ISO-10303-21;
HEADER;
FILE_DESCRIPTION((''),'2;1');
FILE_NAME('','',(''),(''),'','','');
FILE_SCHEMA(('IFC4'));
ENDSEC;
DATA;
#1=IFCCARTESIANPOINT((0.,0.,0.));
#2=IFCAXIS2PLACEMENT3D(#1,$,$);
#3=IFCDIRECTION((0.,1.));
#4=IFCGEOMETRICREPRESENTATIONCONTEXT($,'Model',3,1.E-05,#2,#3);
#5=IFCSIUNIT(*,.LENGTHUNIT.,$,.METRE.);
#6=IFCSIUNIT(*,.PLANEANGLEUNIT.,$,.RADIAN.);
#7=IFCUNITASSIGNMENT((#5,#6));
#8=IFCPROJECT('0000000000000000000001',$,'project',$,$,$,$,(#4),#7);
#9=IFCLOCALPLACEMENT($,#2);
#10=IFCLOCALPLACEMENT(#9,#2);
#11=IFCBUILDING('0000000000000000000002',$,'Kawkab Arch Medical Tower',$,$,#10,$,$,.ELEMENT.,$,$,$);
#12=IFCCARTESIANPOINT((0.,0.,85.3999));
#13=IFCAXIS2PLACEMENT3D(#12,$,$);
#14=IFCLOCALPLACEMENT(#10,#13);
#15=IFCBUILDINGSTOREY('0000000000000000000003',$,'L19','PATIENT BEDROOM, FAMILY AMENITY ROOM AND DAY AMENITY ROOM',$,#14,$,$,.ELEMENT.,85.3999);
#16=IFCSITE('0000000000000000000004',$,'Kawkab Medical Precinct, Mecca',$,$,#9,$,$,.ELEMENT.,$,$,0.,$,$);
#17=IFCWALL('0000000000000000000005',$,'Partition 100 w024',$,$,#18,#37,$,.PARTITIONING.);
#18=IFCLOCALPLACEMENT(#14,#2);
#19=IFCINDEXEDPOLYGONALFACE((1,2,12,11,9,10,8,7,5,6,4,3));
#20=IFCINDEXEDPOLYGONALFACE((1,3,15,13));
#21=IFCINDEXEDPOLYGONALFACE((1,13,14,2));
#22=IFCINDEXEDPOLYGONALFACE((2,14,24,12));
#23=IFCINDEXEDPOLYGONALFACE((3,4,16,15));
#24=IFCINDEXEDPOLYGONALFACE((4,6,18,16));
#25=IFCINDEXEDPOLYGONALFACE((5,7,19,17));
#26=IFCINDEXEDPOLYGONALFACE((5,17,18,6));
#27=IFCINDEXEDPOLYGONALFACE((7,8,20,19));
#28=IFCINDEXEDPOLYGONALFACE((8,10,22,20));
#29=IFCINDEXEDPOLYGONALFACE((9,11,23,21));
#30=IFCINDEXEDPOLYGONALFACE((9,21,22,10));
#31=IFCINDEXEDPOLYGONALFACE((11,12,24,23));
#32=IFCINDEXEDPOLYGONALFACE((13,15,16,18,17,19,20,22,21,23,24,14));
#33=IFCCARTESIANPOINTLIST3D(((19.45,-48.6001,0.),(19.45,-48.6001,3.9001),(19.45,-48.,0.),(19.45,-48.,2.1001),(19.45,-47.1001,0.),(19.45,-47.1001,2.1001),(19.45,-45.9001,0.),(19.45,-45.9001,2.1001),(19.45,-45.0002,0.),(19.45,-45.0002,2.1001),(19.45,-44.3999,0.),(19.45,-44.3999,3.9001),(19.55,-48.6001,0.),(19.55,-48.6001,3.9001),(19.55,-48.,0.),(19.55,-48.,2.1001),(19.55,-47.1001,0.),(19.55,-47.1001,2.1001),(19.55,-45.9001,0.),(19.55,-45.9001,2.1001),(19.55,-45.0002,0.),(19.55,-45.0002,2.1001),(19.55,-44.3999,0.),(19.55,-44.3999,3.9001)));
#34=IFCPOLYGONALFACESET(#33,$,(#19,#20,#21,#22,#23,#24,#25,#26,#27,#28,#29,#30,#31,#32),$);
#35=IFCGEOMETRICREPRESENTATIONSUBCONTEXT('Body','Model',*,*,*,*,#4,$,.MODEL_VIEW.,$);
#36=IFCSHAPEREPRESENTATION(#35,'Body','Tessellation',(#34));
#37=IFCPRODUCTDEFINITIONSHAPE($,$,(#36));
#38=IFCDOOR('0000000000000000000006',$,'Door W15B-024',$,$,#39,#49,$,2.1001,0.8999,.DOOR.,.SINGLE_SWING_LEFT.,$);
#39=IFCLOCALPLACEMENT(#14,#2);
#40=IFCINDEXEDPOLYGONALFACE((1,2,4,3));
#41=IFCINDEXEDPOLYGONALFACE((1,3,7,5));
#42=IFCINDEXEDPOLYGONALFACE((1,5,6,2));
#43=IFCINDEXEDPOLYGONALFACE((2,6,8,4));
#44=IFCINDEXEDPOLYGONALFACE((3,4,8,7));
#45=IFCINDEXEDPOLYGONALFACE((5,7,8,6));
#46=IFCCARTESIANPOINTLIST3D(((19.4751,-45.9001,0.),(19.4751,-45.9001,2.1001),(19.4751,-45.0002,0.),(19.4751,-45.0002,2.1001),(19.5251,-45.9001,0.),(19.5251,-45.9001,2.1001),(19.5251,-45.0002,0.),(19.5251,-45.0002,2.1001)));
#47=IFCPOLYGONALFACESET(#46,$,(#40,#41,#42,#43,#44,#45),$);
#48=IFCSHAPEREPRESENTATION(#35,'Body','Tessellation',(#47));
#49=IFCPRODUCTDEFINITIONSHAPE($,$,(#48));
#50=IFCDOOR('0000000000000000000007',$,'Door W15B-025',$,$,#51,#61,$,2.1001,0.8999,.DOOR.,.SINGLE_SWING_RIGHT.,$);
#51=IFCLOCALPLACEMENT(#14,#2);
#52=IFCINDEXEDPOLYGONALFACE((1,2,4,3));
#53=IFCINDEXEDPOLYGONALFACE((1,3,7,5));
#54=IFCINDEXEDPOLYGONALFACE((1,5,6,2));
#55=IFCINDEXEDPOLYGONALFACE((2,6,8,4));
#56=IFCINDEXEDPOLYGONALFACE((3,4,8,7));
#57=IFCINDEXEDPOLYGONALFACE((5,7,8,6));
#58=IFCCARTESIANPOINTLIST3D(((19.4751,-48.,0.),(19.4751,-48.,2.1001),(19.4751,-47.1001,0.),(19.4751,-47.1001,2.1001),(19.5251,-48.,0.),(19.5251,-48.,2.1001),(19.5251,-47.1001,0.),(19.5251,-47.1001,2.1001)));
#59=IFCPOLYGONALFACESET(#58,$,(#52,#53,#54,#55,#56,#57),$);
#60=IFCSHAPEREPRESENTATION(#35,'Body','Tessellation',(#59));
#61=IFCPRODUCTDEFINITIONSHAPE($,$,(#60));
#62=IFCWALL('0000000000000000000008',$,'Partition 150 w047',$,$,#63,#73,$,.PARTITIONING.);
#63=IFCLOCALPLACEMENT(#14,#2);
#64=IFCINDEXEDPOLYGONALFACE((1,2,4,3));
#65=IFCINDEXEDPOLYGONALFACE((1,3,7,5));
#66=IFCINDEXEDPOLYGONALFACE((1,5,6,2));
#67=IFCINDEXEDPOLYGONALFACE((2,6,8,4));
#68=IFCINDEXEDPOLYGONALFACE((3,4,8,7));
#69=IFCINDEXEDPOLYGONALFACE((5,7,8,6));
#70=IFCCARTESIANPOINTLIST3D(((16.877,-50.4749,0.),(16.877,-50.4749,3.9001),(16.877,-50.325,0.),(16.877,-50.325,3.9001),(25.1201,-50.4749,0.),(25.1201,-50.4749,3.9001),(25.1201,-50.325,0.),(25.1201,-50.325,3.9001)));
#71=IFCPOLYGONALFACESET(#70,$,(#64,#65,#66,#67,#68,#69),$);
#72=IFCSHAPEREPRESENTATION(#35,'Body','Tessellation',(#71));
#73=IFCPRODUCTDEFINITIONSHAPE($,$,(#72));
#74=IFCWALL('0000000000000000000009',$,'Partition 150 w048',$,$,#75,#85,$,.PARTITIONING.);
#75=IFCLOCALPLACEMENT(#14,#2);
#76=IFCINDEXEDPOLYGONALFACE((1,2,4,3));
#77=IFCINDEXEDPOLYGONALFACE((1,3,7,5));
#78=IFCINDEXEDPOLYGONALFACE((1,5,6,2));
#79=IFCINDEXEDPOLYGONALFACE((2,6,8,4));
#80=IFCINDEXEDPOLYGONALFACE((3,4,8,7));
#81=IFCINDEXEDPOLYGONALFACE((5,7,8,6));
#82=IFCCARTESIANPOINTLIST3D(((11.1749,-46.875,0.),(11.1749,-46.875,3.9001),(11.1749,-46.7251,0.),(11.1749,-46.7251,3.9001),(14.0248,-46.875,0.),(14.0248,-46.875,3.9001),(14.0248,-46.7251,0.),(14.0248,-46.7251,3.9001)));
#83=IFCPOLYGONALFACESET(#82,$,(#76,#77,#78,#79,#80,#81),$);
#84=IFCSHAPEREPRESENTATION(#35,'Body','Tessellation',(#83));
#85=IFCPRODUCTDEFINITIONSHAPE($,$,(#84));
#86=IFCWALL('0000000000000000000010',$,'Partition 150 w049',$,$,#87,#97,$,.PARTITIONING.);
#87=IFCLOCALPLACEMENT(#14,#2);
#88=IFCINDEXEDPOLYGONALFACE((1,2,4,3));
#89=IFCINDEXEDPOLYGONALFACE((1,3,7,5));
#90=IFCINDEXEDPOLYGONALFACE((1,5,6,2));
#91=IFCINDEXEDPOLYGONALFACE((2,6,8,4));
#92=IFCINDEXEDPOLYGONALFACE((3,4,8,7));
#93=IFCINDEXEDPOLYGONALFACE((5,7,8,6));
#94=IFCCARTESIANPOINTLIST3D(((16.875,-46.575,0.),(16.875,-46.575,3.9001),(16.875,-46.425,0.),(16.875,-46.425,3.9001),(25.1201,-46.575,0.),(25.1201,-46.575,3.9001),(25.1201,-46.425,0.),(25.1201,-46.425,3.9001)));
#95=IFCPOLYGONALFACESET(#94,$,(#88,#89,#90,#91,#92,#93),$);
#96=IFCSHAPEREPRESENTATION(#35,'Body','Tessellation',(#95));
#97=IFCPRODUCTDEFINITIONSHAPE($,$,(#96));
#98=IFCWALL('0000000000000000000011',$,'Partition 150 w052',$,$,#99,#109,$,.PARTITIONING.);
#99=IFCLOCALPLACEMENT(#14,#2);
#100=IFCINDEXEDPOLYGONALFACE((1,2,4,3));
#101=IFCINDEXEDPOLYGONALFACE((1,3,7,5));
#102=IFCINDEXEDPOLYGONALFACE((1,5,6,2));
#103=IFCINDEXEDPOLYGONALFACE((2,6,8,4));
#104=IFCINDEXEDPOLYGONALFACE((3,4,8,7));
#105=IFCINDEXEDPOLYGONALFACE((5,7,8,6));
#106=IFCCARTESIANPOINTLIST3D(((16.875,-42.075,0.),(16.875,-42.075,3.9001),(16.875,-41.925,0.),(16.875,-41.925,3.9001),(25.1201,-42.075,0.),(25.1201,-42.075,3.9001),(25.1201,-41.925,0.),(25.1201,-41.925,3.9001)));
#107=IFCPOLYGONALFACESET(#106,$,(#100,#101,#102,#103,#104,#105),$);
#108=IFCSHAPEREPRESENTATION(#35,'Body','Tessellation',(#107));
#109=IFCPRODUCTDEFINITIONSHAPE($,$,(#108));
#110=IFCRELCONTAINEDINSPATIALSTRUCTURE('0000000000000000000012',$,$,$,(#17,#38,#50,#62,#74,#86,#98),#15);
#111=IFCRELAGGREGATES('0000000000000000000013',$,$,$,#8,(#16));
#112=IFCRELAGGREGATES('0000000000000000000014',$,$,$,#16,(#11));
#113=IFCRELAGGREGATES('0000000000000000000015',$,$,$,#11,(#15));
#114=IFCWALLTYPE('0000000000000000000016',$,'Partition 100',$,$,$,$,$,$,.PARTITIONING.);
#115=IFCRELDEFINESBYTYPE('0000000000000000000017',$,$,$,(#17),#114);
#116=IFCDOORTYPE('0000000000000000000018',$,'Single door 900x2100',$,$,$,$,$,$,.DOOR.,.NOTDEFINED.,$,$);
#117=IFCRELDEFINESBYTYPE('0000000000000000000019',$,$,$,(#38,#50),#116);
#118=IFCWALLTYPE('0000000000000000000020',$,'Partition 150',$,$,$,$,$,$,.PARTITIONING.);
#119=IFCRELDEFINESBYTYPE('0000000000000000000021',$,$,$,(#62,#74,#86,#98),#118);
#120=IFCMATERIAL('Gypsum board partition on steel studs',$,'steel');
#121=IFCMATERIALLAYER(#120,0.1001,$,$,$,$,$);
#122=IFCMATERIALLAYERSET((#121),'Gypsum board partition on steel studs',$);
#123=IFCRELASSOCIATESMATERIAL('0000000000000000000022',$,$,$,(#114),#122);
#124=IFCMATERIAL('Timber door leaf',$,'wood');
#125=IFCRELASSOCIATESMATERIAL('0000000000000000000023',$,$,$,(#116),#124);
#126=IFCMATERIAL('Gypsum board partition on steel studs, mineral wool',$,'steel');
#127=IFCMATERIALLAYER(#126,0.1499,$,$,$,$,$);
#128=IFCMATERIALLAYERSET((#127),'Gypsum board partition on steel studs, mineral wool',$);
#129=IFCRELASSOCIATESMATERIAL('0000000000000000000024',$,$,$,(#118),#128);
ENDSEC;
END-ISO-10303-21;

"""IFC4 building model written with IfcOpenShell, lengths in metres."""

from ifc_helpers import new_model, si_unit, direction, frame, frame_2d, origin, place, context, subcontext, project, spatial, rectangle, extrude, material, layer, layer_set, type_object, element, fill, save


model = new_model("IFC4")

# Units and contexts
model_context = context("Model", 3, precision=1e-05, world=origin(), true_north=direction((0.0, 1.0)))
body_context = subcontext(model_context, "Body", "Model", "MODEL_VIEW")
ifc_project = project(units=[si_unit("LENGTHUNIT", "METRE"), si_unit("PLANEANGLEUNIT", "RADIAN")], contexts=[model_context])

# Site, building, storey
site_placement = place(None, origin())
site = spatial("IfcSite", under=ifc_project, at=site_placement, Name="Kawkab Medical Precinct, Mecca", CompositionType="ELEMENT", RefElevation=0.0)
building_placement = place(site_placement, origin())
building = spatial("IfcBuilding", under=site, at=building_placement, Name="Kawkab Arch Medical Tower", CompositionType="ELEMENT")
storey_placement = place(building_placement, frame((0.0, 0.0, 85.3999)))
storey = spatial("IfcBuildingStorey", under=building, at=storey_placement, Name="L19", Description="PATIENT BEDROOM, FAMILY AMENITY ROOM AND DAY AMENITY ROOM", CompositionType="ELEMENT", Elevation=85.3999)

# Shared definitions
ifc_material_1 = material(Name="Gypsum board partition on steel studs", Category="steel")
ifc_layer_1 = layer(ifc_material_1, 0.1001)
ifc_layer_set_1 = layer_set([ifc_layer_1], Name="Gypsum board partition on steel studs")
wall_type_1 = type_object("IfcWallType", Name="Partition 100", PredefinedType="PARTITIONING", material=ifc_layer_set_1)

# Shared definitions
ifc_material_2 = material(Name="Timber door leaf", Category="wood")
door_type_1 = type_object("IfcDoorType", Name="Single door 900x2100", OperationType="NOTDEFINED", PredefinedType="DOOR", material=ifc_material_2)

# Wall, openings, doors
wall_1_placement = place(storey_placement, frame((19.5, -48.6001, 0.0), z_axis=(0.0, 0.0, 1.0), x_axis=(0.0, 1.0, 0.0)))
wall_1 = element("IfcWall", 1, at=wall_1_placement, inside=storey, type_object=wall_type_1, Name="Partition 100 w024", PredefinedType="PARTITIONING", context=body_context, shape_type="SweptSolid", body=[
    extrude(rectangle(XDim=4.2002, YDim=0.1001, at=frame_2d((2.1001, 0.0))), origin(), (0.0, 0.0, 1.0), 3.9001),
])
opening_1_placement = place(wall_1_placement, frame((2.7, 0.0, 0.0)))
opening_1 = element("IfcOpeningElement", 2, at=opening_1_placement, cuts=wall_1, PredefinedType="OPENING", context=body_context, shape_type="SweptSolid", body=[
    extrude(rectangle(XDim=0.8999, YDim=2.1001, at=frame_2d((0.45, 1.05))), frame((0.0, 0.0601, 0.0), z_axis=(0.0, -1.0, 0.0), x_axis=(1.0, 0.0, 0.0)), (0.0, 0.0, 1.0), 0.1201),
])
opening_2_placement = place(wall_1_placement, frame((0.6001, 0.0, 0.0)))
opening_2 = element("IfcOpeningElement", 3, at=opening_2_placement, cuts=wall_1, PredefinedType="OPENING", context=body_context, shape_type="SweptSolid", body=[
    extrude(rectangle(XDim=0.8999, YDim=2.1001, at=frame_2d((0.45, 1.05))), frame((0.0, 0.0601, 0.0), z_axis=(0.0, -1.0, 0.0), x_axis=(1.0, 0.0, 0.0)), (0.0, 0.0, 1.0), 0.1201),
])
door_1_placement = place(opening_1_placement, origin())
door_1 = element("IfcDoor", 4, at=door_1_placement, inside=storey, type_object=door_type_1, Name="Door W15B-024", OperationType="SINGLE_SWING_LEFT", OverallHeight=2.1001, OverallWidth=0.8999, PredefinedType="DOOR", context=body_context, shape_type="SweptSolid", body=[
    extrude(rectangle(XDim=0.8999, YDim=2.1001, at=frame_2d((0.45, 1.05))), frame((0.0, 0.0249, 0.0), z_axis=(0.0, -1.0, 0.0), x_axis=(1.0, 0.0, 0.0)), (0.0, 0.0, 1.0), 0.05),
])
fill(opening_1, door_1)
door_2_placement = place(opening_2_placement, origin())
door_2 = element("IfcDoor", 5, at=door_2_placement, inside=storey, type_object=door_type_1, Name="Door W15B-025", OperationType="SINGLE_SWING_RIGHT", OverallHeight=2.1001, OverallWidth=0.8999, PredefinedType="DOOR", context=body_context, shape_type="SweptSolid", body=[
    extrude(rectangle(XDim=0.8999, YDim=2.1001, at=frame_2d((0.45, 1.05))), frame((0.0, 0.0249, 0.0), z_axis=(0.0, -1.0, 0.0), x_axis=(1.0, 0.0, 0.0)), (0.0, 0.0, 1.0), 0.05),
])
fill(opening_2, door_2)

# Walls
ifc_material_3 = material(Name="Gypsum board partition on steel studs, mineral wool", Category="steel")
ifc_layer_2 = layer(ifc_material_3, 0.1499)
ifc_layer_set_2 = layer_set([ifc_layer_2], Name="Gypsum board partition on steel studs, mineral wool")
wall_type_2 = type_object("IfcWallType", Name="Partition 150", PredefinedType="PARTITIONING", material=ifc_layer_set_2)
wall_2_placement = place(storey_placement, frame((16.877, -50.3999, 0.0), z_axis=(0.0, 0.0, 1.0), x_axis=(1.0, 0.0, 0.0)))
element("IfcWall", 6, at=wall_2_placement, inside=storey, type_object=wall_type_2, Name="Partition 150 w047", PredefinedType="PARTITIONING", context=body_context, shape_type="SweptSolid", body=[
    extrude(rectangle(XDim=8.2432, YDim=0.1499, at=frame_2d((4.1216, 0.0))), origin(), (0.0, 0.0, 1.0), 3.9001),
])
wall_3_placement = place(storey_placement, frame((11.175, -46.8, 0.0), z_axis=(0.0, 0.0, 1.0), x_axis=(1.0, 0.0, 0.0)))
element("IfcWall", 7, at=wall_3_placement, inside=storey, type_object=wall_type_2, Name="Partition 150 w048", PredefinedType="PARTITIONING", context=body_context, shape_type="SweptSolid", body=[
    extrude(rectangle(XDim=2.8499, YDim=0.1499, at=frame_2d((1.4248, 0.0))), origin(), (0.0, 0.0, 1.0), 3.9001),
])
for number, where, z_axis, x_axis, name in (
    (8, (16.875, -46.5, 0.0), (0.0, 0.0, 1.0), (1.0, 0.0, 0.0), "Partition 150 w049"),
    (9, (16.875, -42.0, 0.0), (0.0, 0.0, 1.0), (1.0, 0.0, 0.0), "Partition 150 w052"),
):
    element("IfcWall", number, at=place(storey_placement, frame(where, z_axis=z_axis, x_axis=x_axis)), inside=storey, type_object=wall_type_2, Name=name, PredefinedType="PARTITIONING", context=body_context, shape_type="SweptSolid", body=[
        extrude(rectangle(XDim=8.2451, YDim=0.1499, at=frame_2d((4.1226, 0.0))), origin(), (0.0, 0.0, 1.0), 3.9001),
    ])

save(model, "model.ifc")
